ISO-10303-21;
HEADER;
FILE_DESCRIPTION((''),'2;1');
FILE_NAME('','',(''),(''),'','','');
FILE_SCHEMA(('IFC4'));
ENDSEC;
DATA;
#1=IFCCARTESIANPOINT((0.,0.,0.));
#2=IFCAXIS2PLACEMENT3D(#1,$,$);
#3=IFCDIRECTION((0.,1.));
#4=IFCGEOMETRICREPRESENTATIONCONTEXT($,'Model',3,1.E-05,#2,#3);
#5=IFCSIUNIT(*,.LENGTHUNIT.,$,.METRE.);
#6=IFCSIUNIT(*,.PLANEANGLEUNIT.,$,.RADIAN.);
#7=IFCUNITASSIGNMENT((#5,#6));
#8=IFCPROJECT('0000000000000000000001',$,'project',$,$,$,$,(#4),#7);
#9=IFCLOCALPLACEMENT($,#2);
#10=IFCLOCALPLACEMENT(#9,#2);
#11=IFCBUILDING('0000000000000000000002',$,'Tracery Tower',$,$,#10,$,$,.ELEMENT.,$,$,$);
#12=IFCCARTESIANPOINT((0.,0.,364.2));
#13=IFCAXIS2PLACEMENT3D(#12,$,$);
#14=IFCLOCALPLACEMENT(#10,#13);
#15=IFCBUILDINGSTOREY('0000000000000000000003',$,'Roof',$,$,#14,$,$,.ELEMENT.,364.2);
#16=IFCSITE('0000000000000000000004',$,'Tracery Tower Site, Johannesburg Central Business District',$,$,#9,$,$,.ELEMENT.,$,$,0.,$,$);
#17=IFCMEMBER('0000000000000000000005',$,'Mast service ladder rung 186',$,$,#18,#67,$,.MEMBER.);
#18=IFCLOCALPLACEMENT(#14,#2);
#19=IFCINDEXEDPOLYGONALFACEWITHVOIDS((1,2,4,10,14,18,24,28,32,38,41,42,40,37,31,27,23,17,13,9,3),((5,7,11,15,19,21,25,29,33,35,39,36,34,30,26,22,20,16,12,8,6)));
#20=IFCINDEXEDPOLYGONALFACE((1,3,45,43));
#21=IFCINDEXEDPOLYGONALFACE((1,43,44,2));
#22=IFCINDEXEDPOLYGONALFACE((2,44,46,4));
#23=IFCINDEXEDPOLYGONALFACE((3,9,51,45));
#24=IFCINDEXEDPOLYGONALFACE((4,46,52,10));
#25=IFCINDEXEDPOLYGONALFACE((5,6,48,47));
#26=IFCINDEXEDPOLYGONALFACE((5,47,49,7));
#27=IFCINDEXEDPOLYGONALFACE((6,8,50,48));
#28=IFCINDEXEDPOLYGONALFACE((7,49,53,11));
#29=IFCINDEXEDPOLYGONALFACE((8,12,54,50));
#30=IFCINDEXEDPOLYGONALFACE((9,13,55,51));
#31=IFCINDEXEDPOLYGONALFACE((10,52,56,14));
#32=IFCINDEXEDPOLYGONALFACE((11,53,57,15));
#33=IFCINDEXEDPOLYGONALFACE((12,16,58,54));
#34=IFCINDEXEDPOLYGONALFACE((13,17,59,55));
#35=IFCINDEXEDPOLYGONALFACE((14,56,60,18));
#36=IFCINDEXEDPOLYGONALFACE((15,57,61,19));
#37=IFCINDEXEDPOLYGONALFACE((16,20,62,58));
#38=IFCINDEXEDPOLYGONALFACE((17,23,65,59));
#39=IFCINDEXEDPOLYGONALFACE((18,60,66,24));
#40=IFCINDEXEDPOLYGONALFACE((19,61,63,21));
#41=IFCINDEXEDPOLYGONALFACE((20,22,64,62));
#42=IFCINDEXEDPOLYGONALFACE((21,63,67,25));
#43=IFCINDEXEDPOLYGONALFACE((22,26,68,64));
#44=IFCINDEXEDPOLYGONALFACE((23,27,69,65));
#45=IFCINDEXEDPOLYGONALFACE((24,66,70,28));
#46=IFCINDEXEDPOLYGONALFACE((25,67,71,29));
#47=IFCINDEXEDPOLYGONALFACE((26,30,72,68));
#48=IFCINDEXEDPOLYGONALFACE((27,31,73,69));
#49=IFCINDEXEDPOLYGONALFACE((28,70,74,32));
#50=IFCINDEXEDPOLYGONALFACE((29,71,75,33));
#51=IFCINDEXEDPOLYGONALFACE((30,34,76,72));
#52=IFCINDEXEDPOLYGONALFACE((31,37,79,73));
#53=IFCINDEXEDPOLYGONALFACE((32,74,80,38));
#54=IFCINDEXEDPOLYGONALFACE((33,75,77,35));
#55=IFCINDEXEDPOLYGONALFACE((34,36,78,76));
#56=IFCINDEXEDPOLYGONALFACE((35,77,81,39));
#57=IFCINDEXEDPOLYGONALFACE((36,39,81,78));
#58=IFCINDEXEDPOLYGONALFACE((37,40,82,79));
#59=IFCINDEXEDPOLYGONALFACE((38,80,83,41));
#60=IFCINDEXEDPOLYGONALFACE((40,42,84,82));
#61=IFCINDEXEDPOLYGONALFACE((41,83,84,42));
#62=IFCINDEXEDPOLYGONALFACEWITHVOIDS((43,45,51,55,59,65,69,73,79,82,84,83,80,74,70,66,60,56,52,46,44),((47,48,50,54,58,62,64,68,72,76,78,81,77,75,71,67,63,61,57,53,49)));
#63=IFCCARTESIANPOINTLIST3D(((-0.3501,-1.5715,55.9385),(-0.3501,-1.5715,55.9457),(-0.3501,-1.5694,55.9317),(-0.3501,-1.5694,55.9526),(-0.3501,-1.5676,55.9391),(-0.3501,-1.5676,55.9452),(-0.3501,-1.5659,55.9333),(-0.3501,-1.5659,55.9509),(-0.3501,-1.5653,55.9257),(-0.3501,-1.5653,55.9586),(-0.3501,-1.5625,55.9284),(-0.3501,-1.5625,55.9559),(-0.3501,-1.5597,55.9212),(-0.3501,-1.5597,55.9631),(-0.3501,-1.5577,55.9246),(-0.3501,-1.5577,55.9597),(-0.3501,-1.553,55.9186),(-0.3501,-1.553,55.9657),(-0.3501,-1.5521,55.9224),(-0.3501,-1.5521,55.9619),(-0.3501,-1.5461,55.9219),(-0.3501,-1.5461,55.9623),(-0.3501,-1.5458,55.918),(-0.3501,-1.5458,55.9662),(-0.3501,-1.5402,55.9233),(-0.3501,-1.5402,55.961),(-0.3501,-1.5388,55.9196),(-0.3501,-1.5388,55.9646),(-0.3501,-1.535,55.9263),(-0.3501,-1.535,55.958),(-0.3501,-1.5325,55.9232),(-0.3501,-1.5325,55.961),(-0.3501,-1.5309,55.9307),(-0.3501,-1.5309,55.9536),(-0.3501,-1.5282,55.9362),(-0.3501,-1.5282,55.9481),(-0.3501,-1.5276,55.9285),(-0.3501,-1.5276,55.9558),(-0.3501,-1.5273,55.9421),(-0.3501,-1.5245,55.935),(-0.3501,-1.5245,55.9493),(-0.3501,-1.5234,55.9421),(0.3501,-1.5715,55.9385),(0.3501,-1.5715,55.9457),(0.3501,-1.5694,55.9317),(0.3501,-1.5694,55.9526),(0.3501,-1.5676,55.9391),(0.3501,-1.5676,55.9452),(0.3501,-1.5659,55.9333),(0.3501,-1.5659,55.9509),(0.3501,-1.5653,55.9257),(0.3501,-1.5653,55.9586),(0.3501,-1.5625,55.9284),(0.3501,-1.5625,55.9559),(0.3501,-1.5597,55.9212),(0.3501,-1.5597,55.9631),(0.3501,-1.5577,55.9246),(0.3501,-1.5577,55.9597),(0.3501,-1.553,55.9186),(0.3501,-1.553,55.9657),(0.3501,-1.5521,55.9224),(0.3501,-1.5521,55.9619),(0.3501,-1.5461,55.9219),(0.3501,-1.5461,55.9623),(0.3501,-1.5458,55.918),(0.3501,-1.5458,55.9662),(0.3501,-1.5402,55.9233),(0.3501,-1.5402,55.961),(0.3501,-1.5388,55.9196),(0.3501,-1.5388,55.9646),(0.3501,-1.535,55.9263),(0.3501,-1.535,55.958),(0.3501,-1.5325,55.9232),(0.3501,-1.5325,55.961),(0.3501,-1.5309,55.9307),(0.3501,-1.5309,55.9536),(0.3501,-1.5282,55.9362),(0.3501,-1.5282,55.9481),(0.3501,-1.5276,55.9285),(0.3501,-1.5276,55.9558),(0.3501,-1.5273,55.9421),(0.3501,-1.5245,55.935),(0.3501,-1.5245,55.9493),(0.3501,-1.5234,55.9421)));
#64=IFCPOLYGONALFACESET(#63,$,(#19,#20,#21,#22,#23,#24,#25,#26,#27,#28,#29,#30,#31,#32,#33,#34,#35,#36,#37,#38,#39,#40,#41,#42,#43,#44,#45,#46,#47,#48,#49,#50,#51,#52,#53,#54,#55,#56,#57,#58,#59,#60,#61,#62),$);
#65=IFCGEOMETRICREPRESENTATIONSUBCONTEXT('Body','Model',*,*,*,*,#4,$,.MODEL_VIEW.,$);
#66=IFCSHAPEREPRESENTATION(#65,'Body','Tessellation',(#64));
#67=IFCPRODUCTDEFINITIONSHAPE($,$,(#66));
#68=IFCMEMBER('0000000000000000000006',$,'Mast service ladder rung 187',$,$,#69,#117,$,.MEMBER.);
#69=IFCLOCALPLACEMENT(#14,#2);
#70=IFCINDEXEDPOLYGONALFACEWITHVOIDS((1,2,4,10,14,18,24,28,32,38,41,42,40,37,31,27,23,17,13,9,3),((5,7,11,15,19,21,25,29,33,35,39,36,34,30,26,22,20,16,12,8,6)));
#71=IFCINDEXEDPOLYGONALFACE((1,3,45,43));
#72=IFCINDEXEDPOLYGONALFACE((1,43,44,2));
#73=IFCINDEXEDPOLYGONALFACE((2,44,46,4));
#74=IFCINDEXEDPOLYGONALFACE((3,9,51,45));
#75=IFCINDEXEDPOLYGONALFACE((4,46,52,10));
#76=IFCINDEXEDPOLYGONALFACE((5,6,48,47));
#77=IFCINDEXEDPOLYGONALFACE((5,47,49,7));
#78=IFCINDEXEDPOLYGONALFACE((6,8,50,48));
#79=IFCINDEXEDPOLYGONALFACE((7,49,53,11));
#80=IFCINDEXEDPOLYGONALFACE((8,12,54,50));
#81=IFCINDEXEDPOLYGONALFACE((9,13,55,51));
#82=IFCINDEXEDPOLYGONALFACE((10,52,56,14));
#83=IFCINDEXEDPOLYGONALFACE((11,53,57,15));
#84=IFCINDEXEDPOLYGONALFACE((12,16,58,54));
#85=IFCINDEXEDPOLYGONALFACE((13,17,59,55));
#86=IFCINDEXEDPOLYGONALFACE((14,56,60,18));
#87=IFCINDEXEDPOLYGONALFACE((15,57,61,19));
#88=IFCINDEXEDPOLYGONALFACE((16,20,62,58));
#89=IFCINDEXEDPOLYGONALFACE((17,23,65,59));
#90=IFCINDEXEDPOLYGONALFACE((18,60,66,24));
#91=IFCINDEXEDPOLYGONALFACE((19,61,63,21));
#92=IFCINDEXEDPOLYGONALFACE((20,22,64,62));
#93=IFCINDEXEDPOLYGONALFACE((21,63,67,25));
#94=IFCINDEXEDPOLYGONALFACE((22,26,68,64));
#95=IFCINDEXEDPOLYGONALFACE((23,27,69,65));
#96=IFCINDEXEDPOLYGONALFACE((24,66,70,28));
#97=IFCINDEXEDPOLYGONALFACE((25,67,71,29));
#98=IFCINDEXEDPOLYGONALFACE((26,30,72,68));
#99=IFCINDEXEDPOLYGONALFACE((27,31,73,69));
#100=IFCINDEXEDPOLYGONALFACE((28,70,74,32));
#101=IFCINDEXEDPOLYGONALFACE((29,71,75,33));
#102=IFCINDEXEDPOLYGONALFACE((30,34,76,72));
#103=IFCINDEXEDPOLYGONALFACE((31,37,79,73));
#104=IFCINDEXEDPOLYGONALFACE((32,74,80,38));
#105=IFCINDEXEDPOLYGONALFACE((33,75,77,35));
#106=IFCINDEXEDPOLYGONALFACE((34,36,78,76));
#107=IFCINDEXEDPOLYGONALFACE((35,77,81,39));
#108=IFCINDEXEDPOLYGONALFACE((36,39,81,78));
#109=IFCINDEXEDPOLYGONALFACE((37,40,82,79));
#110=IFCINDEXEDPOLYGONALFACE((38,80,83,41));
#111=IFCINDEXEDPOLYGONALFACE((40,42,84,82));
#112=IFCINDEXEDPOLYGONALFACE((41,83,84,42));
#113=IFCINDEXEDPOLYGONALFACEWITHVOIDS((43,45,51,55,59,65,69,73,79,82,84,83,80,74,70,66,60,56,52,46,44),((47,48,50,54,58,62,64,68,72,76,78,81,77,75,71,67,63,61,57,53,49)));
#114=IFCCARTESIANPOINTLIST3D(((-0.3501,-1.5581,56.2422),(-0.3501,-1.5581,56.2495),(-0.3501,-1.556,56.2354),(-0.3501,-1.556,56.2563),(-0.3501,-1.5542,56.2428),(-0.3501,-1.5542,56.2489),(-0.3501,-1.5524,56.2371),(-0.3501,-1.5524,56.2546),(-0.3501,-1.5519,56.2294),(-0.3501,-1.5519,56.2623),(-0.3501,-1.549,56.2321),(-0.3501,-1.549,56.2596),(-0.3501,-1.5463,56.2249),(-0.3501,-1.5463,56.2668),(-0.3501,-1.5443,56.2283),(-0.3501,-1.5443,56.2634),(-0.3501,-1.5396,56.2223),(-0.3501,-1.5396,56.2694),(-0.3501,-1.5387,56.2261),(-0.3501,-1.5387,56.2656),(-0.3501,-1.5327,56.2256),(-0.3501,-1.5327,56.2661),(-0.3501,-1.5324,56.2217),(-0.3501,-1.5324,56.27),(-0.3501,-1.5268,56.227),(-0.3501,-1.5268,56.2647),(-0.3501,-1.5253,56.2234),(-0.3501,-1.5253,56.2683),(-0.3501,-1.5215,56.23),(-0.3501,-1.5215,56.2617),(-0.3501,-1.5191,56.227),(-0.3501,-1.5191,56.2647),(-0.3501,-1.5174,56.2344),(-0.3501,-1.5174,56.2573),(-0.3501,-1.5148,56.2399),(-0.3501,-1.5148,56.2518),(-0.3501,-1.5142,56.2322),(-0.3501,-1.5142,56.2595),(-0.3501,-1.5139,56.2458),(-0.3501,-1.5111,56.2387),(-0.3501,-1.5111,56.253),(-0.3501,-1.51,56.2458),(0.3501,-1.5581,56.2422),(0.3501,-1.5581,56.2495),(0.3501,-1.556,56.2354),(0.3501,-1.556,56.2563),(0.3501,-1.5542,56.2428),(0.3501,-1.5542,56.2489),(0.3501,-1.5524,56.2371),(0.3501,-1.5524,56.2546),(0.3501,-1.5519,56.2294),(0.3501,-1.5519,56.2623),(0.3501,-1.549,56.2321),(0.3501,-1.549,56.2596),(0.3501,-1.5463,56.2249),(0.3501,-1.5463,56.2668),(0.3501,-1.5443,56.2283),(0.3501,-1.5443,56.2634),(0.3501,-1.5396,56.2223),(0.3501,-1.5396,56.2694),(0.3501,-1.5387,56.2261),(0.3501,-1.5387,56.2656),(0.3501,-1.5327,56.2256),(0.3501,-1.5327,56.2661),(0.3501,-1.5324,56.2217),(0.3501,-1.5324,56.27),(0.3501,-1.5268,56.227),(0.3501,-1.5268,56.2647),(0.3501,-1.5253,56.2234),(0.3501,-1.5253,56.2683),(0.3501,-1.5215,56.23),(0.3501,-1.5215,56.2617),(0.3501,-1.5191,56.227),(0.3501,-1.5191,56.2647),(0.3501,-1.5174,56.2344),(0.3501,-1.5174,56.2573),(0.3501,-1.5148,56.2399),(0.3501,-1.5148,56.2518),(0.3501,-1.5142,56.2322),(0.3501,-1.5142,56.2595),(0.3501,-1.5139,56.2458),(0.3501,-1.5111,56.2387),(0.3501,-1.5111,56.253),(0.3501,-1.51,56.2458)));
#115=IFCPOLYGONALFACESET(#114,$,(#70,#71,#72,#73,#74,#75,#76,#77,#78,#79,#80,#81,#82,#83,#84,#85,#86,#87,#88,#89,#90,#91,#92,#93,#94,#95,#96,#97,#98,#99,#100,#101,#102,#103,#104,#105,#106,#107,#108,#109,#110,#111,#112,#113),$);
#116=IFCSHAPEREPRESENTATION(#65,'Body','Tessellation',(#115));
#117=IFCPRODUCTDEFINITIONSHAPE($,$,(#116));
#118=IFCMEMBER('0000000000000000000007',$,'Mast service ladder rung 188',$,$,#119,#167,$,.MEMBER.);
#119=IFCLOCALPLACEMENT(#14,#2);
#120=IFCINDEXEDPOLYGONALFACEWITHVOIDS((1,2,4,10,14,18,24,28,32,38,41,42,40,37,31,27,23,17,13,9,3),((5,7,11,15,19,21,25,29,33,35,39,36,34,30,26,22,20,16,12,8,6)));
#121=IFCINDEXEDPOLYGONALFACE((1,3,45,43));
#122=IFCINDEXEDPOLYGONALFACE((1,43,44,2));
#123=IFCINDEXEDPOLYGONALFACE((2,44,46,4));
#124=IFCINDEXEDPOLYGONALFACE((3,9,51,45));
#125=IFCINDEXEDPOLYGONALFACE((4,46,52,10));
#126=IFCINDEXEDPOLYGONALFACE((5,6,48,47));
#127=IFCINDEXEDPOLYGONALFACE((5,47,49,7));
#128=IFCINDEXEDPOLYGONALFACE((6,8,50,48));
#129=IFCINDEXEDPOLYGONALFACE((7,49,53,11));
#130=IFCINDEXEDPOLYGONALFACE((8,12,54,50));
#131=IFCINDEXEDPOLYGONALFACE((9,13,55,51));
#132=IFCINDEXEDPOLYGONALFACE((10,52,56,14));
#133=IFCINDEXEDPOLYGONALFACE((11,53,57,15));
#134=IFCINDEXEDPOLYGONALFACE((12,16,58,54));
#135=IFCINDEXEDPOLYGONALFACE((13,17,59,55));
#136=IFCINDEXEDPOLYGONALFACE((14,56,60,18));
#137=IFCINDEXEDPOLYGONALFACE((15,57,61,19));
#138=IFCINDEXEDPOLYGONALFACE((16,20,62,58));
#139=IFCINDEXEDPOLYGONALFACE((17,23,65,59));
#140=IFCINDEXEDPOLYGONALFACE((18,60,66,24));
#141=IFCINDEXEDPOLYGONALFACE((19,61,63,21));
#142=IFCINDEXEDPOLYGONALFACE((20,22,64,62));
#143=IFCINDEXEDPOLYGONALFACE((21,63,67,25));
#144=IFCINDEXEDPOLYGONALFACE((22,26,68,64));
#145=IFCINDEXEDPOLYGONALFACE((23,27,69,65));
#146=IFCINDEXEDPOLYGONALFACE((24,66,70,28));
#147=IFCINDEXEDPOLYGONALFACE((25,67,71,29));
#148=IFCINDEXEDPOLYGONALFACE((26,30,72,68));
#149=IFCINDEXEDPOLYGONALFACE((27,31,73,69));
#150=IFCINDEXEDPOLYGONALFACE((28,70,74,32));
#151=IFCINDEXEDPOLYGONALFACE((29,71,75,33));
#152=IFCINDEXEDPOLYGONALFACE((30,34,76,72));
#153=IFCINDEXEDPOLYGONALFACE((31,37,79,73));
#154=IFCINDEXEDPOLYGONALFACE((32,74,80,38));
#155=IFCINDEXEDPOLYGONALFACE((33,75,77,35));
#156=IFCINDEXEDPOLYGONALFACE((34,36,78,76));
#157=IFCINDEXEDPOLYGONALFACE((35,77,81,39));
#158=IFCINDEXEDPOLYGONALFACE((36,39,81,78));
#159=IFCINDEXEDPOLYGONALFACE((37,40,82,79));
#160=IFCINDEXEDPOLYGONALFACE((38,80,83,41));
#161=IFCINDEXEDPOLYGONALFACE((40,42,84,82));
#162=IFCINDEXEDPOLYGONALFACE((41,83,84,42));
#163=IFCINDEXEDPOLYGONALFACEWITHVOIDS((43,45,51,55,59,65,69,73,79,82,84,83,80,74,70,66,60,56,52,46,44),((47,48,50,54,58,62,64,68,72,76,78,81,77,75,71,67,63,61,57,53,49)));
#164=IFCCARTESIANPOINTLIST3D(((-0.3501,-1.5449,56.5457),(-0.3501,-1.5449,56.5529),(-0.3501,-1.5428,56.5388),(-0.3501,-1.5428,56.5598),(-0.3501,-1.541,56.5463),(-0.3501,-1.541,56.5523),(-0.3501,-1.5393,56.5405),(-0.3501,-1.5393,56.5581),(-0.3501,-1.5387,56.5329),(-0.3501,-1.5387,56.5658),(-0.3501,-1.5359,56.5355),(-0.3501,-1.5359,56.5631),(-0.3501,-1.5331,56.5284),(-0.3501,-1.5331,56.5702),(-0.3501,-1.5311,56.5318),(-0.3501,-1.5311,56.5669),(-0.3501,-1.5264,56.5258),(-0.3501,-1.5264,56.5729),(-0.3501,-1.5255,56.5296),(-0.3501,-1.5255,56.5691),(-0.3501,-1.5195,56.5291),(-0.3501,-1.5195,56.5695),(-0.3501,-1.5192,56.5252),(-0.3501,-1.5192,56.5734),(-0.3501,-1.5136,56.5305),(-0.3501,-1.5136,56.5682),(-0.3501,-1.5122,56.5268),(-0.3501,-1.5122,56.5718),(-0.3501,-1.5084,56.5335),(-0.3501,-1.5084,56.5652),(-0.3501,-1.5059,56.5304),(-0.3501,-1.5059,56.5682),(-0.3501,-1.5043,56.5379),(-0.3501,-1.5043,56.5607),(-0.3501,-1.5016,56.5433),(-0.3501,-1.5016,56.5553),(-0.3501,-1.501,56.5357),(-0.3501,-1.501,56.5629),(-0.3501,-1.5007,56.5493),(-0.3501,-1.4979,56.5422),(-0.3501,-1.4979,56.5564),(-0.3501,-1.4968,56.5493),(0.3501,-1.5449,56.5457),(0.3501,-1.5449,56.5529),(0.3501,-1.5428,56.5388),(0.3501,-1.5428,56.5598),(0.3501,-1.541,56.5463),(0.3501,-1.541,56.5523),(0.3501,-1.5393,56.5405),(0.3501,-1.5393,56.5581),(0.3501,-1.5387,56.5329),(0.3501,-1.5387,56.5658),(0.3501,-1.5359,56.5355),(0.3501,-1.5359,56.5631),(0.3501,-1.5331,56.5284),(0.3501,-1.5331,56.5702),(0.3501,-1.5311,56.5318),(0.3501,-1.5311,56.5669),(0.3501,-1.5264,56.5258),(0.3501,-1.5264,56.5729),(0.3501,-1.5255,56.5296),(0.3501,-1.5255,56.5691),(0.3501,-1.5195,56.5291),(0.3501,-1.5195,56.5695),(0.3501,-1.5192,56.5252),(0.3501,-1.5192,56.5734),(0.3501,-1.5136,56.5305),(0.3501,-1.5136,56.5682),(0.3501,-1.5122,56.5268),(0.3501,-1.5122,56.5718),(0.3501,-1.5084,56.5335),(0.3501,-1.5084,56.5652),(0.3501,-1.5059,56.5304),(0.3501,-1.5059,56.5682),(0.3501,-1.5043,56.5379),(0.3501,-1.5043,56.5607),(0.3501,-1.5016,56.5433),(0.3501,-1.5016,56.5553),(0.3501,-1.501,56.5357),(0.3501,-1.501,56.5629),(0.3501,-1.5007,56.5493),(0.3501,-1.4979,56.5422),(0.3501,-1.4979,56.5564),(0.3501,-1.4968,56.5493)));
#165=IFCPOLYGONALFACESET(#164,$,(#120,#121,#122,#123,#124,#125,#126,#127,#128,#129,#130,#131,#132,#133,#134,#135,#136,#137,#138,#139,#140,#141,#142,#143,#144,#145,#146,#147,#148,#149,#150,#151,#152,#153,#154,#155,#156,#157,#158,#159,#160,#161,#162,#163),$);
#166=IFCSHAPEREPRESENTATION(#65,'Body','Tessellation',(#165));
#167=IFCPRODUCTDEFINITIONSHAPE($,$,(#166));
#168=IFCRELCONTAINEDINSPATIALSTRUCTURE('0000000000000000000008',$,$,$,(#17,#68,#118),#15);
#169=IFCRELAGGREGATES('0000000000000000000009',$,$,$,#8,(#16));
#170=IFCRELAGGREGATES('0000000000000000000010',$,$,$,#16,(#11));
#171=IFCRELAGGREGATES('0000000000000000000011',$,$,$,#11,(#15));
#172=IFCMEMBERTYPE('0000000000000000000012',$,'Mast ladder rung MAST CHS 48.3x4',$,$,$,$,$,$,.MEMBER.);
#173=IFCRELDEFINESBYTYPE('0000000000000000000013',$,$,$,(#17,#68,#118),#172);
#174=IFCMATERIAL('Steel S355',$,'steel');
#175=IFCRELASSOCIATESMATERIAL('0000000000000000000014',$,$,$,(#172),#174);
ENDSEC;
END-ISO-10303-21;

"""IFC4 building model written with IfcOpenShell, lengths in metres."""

from ifc_helpers import new_model, si_unit, direction, frame, origin, origin_2d, place, context, subcontext, project, spatial, hollow_circle, extrude, material, material_profile, profile_set, type_object, element, save


model = new_model("IFC4")

# Units and contexts
model_context = context("Model", 3, precision=1e-05, world=origin(), true_north=direction((0.0, 1.0)))
body_context = subcontext(model_context, "Body", "Model", "MODEL_VIEW")
ifc_project = project(units=[si_unit("LENGTHUNIT", "METRE"), si_unit("PLANEANGLEUNIT", "RADIAN")], contexts=[model_context])

# Site, building, storey
site_placement = place(None, origin())
site = spatial("IfcSite", under=ifc_project, at=site_placement, Name="Tracery Tower Site, Johannesburg Central Business District", CompositionType="ELEMENT", RefElevation=0.0)
building_placement = place(site_placement, origin())
building = spatial("IfcBuilding", under=site, at=building_placement, Name="Tracery Tower", CompositionType="ELEMENT")
storey_placement = place(building_placement, frame((0.0, 0.0, 364.2)))
storey = spatial("IfcBuildingStorey", under=building, at=storey_placement, Name="Roof", CompositionType="ELEMENT", Elevation=364.2)

# Members
ifc_material_1 = material(Name="Steel S355", Category="steel")
ifc_material_profile_1 = material_profile(ifc_material_1, hollow_circle(Radius=0.0242, WallThickness=0.0039, at=origin_2d()), Name="CHS 48.3x4")
ifc_profile_set_1 = profile_set([ifc_material_profile_1], Name="Steel S355")
member_type_1 = type_object("IfcMemberType", Name="Mast ladder rung MAST CHS 48.3x4", PredefinedType="MEMBER", material=ifc_profile_set_1)
for number, where, z_axis, x_axis, name in (
    (1, (-0.3501, -1.5476, 55.9421), (1.0, 0.0, 0.0), (0.0, 1.0, 0.0), "Mast service ladder rung 186"),
    (2, (-0.3501, -1.5342, 56.2458), (1.0, 0.0, 0.0), (0.0, 1.0, 0.0), "Mast service ladder rung 187"),
    (3, (-0.3501, -1.521, 56.5493), (1.0, 0.0, 0.0), (0.0, 1.0, 0.0), "Mast service ladder rung 188"),
):
    element("IfcMember", number, at=place(storey_placement, frame(where, z_axis=z_axis, x_axis=x_axis)), inside=storey, type_object=member_type_1, Name=name, PredefinedType="MEMBER", context=body_context, shape_type="SweptSolid", body=[
        extrude(hollow_circle(Radius=0.0242, WallThickness=0.0039, at=origin_2d()), origin(), (0.0, 0.0, 1.0), 0.7002),
    ])

save(model, "model.ifc")
